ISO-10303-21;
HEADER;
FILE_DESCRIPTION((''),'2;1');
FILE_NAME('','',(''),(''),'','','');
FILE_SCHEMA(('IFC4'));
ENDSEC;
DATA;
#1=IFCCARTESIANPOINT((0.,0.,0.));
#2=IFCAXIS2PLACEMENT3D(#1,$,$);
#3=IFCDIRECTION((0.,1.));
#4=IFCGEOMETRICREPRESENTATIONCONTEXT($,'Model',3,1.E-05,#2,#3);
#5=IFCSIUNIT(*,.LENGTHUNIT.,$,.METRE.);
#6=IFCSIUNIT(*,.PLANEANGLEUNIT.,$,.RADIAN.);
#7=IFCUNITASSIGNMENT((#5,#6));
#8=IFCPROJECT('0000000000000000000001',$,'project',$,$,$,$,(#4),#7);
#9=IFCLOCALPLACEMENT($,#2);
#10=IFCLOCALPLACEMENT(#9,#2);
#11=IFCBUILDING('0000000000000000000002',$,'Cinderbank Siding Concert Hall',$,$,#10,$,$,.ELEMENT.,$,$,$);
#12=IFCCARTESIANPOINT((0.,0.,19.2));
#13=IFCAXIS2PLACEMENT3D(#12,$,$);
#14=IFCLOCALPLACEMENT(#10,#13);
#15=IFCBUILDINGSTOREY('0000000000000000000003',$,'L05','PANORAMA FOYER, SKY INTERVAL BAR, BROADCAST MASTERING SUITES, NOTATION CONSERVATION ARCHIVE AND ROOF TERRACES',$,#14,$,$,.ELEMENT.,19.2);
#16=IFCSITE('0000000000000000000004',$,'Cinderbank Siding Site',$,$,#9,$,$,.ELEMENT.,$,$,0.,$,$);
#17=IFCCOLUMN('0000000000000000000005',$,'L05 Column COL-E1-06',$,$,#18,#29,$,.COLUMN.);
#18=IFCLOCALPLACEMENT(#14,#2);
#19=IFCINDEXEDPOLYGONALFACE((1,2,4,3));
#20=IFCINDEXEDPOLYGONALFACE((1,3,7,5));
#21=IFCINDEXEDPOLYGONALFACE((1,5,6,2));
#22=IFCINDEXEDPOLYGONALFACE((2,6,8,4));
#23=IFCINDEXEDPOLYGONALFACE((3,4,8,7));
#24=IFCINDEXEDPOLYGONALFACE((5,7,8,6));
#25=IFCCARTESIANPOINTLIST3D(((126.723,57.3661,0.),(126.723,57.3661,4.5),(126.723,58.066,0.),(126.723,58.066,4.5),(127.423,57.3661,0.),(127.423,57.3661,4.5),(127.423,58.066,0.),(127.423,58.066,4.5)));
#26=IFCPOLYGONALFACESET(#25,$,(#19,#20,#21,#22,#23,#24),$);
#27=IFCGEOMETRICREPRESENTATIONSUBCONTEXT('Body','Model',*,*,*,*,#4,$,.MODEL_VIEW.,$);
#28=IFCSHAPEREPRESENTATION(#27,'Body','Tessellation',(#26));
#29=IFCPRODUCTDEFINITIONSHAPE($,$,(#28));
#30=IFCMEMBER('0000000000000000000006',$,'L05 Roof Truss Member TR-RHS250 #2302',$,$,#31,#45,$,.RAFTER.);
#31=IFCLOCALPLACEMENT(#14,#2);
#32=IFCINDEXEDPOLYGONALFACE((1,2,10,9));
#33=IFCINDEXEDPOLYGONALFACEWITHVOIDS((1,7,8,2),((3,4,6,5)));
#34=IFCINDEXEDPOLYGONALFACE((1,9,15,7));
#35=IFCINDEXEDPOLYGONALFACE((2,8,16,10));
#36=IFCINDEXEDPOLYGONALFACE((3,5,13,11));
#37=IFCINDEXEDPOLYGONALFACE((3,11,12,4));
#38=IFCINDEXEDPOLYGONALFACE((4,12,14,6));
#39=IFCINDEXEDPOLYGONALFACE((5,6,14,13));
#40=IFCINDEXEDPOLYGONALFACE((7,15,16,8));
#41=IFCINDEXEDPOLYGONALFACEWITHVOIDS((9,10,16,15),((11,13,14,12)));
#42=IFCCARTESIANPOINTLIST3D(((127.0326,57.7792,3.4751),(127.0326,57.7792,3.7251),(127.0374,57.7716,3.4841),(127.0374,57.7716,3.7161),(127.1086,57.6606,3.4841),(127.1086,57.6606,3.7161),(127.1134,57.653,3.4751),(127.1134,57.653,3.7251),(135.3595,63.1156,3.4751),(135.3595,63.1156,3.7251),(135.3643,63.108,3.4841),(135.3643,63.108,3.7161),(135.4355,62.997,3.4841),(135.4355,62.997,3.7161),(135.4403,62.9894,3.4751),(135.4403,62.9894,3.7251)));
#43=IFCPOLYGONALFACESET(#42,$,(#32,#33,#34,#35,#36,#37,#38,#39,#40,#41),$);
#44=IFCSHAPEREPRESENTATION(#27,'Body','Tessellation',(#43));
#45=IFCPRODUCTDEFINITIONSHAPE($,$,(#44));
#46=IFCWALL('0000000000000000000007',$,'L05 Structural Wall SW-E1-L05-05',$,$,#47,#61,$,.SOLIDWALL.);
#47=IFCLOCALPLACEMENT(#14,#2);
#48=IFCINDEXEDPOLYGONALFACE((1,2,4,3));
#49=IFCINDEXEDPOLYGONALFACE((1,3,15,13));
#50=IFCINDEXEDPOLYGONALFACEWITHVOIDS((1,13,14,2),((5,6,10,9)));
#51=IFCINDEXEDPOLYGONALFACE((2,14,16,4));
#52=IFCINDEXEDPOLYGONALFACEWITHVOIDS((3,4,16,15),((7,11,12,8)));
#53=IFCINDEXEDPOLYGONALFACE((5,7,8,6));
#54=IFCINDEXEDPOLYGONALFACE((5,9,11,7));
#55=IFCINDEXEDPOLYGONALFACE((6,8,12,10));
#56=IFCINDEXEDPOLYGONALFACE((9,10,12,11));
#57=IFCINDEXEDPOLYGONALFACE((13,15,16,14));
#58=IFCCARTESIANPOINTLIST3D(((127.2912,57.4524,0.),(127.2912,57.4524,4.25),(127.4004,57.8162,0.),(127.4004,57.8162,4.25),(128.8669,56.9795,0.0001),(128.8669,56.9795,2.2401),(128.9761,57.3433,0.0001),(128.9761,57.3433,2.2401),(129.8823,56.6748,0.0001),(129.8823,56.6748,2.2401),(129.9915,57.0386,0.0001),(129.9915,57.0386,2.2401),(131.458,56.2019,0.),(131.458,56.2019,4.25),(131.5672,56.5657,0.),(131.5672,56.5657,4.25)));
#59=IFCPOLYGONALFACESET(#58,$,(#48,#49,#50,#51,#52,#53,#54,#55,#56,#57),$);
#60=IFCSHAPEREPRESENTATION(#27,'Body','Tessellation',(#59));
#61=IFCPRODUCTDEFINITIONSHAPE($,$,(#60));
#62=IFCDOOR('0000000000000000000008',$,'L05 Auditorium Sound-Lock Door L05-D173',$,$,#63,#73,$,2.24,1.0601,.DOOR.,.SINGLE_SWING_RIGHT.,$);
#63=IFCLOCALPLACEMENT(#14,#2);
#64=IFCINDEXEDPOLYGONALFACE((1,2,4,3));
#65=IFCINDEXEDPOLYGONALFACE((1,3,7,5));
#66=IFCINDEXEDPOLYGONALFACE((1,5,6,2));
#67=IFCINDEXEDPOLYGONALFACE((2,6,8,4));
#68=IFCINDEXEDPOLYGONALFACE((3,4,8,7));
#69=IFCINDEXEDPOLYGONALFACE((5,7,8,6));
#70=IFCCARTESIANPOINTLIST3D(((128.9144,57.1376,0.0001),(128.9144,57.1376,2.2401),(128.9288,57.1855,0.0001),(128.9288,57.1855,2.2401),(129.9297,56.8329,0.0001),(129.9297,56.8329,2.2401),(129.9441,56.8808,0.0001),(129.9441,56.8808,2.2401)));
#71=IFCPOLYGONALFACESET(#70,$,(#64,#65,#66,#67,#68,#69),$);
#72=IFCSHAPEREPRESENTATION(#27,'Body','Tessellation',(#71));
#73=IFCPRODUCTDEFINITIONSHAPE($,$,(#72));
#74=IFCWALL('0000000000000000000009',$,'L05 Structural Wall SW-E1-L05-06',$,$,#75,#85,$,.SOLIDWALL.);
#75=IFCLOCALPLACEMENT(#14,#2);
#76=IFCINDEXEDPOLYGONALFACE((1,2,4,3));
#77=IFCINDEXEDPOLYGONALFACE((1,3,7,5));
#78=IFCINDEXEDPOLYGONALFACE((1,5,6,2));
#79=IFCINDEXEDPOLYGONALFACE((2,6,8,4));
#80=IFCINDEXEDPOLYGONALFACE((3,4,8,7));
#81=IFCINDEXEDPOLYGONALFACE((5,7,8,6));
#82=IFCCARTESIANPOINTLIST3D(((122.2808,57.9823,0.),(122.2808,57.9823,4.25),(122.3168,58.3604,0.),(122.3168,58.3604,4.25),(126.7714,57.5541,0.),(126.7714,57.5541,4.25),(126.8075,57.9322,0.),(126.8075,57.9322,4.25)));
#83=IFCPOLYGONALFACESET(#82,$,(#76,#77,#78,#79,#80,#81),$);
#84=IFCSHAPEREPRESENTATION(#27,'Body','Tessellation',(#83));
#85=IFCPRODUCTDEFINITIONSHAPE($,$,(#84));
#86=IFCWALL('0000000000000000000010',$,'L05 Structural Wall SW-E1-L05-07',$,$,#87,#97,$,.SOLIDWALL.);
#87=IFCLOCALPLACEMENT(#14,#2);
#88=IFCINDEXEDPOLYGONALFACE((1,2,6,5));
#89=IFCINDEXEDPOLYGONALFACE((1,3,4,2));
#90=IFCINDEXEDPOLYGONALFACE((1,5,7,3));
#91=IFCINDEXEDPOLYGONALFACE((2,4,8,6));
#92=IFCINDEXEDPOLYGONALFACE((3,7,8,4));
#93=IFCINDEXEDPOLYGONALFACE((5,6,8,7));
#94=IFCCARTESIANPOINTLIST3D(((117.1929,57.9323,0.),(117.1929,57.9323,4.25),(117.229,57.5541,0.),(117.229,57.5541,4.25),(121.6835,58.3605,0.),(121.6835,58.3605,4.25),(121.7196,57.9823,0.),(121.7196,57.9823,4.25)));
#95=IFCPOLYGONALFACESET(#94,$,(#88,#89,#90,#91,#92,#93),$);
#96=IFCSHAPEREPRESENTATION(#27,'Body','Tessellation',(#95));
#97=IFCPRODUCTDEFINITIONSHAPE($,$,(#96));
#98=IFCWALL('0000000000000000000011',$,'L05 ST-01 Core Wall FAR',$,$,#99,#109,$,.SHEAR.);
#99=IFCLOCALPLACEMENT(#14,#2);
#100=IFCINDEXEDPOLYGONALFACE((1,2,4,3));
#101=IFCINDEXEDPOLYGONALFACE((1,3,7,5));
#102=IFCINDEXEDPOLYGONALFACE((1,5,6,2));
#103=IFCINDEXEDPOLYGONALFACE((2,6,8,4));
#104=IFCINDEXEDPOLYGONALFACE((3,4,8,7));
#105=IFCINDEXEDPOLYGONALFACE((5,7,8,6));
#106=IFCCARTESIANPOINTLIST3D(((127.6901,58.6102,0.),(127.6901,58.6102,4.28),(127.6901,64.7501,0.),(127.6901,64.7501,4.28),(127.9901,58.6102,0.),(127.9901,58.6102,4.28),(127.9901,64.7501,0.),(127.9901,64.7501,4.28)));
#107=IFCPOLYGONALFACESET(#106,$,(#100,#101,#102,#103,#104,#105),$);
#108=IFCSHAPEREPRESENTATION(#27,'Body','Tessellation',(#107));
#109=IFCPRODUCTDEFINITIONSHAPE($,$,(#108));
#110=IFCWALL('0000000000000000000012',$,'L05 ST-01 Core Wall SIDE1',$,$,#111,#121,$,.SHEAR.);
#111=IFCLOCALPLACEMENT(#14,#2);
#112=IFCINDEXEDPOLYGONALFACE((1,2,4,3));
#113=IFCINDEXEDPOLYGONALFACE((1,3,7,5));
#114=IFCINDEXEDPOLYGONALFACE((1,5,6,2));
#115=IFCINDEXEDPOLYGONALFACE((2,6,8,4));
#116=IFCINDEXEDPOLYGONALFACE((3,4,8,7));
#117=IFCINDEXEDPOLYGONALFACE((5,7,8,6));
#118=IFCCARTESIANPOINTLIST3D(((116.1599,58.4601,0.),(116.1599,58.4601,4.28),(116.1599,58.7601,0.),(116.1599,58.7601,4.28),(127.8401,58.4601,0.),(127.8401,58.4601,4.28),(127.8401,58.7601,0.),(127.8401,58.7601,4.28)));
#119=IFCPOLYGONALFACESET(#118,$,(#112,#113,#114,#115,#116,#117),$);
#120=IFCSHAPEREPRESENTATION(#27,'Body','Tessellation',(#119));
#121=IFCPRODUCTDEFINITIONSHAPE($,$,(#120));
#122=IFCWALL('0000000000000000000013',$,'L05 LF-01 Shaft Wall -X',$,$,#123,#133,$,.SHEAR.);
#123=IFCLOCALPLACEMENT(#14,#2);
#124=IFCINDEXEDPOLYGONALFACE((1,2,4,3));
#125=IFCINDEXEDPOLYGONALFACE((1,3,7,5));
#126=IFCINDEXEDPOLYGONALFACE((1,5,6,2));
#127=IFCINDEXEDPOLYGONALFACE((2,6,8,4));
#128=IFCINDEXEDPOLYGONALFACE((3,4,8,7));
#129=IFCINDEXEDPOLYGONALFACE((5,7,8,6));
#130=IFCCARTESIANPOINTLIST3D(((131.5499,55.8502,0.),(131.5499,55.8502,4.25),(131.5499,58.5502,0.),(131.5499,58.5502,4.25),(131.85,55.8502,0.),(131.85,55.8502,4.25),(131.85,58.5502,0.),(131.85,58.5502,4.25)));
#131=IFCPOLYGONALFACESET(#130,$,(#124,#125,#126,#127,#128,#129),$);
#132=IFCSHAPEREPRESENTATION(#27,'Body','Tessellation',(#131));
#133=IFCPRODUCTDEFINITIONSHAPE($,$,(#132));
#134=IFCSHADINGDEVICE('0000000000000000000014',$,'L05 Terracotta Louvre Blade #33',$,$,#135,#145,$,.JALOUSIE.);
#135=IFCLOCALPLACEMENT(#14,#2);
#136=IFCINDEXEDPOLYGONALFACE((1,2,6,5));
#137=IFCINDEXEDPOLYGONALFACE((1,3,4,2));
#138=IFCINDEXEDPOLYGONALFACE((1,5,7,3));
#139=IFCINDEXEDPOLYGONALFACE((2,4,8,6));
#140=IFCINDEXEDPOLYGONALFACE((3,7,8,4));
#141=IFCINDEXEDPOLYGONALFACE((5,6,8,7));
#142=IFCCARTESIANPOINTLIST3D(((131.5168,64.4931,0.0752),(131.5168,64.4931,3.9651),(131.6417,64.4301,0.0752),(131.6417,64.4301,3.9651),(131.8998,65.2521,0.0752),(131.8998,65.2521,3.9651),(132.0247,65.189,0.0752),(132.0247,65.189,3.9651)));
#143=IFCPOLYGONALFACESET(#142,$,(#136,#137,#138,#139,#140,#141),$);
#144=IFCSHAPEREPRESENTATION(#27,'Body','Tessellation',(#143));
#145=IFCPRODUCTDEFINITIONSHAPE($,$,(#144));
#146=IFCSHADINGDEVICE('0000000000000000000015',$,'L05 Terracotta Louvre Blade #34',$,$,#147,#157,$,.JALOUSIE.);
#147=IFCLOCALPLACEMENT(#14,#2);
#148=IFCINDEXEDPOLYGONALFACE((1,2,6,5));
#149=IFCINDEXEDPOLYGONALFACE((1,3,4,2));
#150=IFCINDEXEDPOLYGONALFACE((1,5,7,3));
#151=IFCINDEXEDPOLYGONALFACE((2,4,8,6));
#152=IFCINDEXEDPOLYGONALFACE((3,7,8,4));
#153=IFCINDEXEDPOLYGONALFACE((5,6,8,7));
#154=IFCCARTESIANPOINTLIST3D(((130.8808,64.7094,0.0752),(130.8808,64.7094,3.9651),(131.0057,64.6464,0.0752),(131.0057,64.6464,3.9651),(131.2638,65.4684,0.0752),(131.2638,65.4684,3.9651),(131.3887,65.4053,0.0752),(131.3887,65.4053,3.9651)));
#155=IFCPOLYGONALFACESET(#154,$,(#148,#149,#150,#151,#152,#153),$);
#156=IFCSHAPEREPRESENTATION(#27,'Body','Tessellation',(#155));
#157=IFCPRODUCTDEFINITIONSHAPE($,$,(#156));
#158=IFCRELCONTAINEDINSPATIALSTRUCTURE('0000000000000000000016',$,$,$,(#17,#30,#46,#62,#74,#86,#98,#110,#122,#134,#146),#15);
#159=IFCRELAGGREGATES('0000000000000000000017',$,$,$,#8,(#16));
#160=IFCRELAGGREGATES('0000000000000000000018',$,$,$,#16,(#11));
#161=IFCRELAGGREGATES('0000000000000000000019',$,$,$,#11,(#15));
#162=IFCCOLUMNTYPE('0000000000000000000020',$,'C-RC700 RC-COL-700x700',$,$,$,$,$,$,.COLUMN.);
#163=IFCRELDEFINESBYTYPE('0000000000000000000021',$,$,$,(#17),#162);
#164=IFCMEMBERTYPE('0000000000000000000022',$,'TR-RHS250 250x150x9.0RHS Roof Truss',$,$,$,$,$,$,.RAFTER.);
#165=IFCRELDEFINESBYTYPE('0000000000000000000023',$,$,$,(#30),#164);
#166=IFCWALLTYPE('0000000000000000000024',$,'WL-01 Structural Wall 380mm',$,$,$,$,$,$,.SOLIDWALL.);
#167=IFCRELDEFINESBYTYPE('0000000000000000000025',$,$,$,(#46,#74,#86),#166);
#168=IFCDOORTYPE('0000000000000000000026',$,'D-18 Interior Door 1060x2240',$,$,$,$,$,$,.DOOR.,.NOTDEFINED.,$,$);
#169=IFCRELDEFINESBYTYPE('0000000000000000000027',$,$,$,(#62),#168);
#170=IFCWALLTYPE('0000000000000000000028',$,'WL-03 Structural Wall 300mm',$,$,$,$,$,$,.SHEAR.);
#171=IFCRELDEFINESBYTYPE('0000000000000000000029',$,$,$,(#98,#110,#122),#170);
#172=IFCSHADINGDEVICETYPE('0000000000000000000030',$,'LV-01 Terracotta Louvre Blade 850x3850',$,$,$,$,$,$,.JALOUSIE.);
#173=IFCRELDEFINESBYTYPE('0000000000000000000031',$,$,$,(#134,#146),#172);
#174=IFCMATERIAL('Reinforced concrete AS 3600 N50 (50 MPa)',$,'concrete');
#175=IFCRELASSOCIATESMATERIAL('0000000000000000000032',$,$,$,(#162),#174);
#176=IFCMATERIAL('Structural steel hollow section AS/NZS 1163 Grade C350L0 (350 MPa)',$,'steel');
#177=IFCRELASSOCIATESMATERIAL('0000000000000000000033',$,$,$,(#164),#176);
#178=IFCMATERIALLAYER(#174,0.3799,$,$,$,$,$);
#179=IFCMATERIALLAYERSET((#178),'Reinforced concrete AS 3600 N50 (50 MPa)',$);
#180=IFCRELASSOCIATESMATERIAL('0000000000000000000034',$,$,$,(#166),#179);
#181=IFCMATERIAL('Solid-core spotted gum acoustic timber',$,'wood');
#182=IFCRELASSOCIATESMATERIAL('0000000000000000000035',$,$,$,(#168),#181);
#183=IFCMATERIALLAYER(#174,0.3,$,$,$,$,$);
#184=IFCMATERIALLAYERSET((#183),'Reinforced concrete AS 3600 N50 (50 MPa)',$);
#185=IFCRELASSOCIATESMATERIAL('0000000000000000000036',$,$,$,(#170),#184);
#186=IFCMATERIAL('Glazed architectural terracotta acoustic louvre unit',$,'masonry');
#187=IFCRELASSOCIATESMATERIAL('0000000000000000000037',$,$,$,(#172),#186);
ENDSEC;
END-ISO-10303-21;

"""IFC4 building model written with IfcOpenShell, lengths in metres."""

from ifc_helpers import new_model, si_unit, direction, frame, frame_2d, origin, origin_2d, place, context, subcontext, project, spatial, rectangle, hollow_rectangle, extrude, material, layer, layer_set, material_profile, profile_set, type_object, element, fill, save


model = new_model("IFC4")

# Units and contexts
model_context = context("Model", 3, precision=1e-05, world=origin(), true_north=direction((0.0, 1.0)))
body_context = subcontext(model_context, "Body", "Model", "MODEL_VIEW")
ifc_project = project(units=[si_unit("LENGTHUNIT", "METRE"), si_unit("PLANEANGLEUNIT", "RADIAN")], contexts=[model_context])

# Site, building, storey
site_placement = place(None, origin())
site = spatial("IfcSite", under=ifc_project, at=site_placement, Name="Cinderbank Siding Site", CompositionType="ELEMENT", RefElevation=0.0)
building_placement = place(site_placement, origin())
building = spatial("IfcBuilding", under=site, at=building_placement, Name="Cinderbank Siding Concert Hall", CompositionType="ELEMENT")
storey_placement = place(building_placement, frame((0.0, 0.0, 19.2)))
storey = spatial("IfcBuildingStorey", under=building, at=storey_placement, Name="L05", Description="PANORAMA FOYER, SKY INTERVAL BAR, BROADCAST MASTERING SUITES, NOTATION CONSERVATION ARCHIVE AND ROOF TERRACES", CompositionType="ELEMENT", Elevation=19.2)

# Column
ifc_material_1 = material(Name="Reinforced concrete AS 3600 N50 (50 MPa)", Category="concrete")
ifc_material_profile_1 = material_profile(ifc_material_1, rectangle(XDim=0.7, YDim=0.7, at=origin_2d()), Name="RC-COL-700x700", Category="LoadBearing")
ifc_profile_set_1 = profile_set([ifc_material_profile_1], Name="Reinforced concrete AS 3600 N50 (50 MPa)")
column_type = type_object("IfcColumnType", Name="C-RC700 RC-COL-700x700", PredefinedType="COLUMN", material=ifc_profile_set_1)
column_placement = place(storey_placement, frame((127.073, 57.7161, 0.0), z_axis=(0.0, 0.0, 1.0), x_axis=(1.0, 0.0, 0.0)))
element("IfcColumn", 1, at=column_placement, inside=storey, type_object=column_type, Name="L05 Column COL-E1-06", PredefinedType="COLUMN", context=body_context, shape_type="SweptSolid", body=[
    extrude(rectangle(XDim=0.7, YDim=0.7, at=origin_2d()), origin(), (0.0, 0.0, 1.0), 4.5),
])

# Member
ifc_material_2 = material(Name="Structural steel hollow section AS/NZS 1163 Grade C350L0 (350 MPa)", Category="steel")
ifc_material_profile_2 = material_profile(ifc_material_2, hollow_rectangle(XDim=0.1499, YDim=0.25, WallThickness=0.009, at=origin_2d()), Name="250x150x9.0RHS", Category="LoadBearing")
ifc_profile_set_2 = profile_set([ifc_material_profile_2], Name="Structural steel hollow section AS/NZS 1163 Grade C350L0 (350 MPa)")
member_type = type_object("IfcMemberType", Name="TR-RHS250 250x150x9.0RHS Roof Truss", PredefinedType="RAFTER", material=ifc_profile_set_2)
member_placement = place(storey_placement, frame((127.073, 57.7161, 3.6001), z_axis=(0.84194, 0.539571, 0.0), x_axis=(-0.539571, 0.84194, 0.0)))
element("IfcMember", 2, at=member_placement, inside=storey, type_object=member_type, Name="L05 Roof Truss Member TR-RHS250 #2302", PredefinedType="RAFTER", context=body_context, shape_type="SweptSolid", body=[
    extrude(hollow_rectangle(XDim=0.1499, YDim=0.25, WallThickness=0.009, at=origin_2d()), origin(), (0.0, 0.0, 1.0), 9.8901),
])

# Wall, opening, door
ifc_layer_1 = layer(ifc_material_1, 0.3799)
ifc_layer_set_1 = layer_set([ifc_layer_1], Name="Reinforced concrete AS 3600 N50 (50 MPa)")
wall_type_1 = type_object("IfcWallType", Name="WL-01 Structural Wall 380mm", PredefinedType="SOLIDWALL", material=ifc_layer_set_1)
wall_1_placement = place(storey_placement, frame((131.5127, 56.3838, 0.0), z_axis=(0.0, 0.0, 1.0), x_axis=(-0.957797, 0.287446, 0.0)))
wall_1 = element("IfcWall", 3, at=wall_1_placement, inside=storey, type_object=wall_type_1, Name="L05 Structural Wall SW-E1-L05-05", PredefinedType="SOLIDWALL", context=body_context, shape_type="SweptSolid", body=[
    extrude(rectangle(XDim=4.3503, YDim=0.3799, at=frame_2d((2.1753, 0.0))), origin(), (0.0, 0.0, 1.0), 4.25),
])
opening_1_placement = place(wall_1_placement, frame((1.6453, 0.0, 0.0)))
opening_1 = element("IfcOpeningElement", 4, at=opening_1_placement, cuts=wall_1, PredefinedType="OPENING", context=body_context, shape_type="SweptSolid", body=[
    extrude(rectangle(XDim=1.0601, YDim=2.24, at=frame_2d((0.53, 1.1201))), frame((0.0, 0.2019, 0.0), z_axis=(0.0, -1.0, 0.0), x_axis=(1.0, 0.0, 0.0)), (0.0, 0.0, 1.0), 0.4038),
])
ifc_material_3 = material(Name="Solid-core spotted gum acoustic timber", Category="wood")
door_type_1 = type_object("IfcDoorType", Name="D-18 Interior Door 1060x2240", OperationType="NOTDEFINED", PredefinedType="DOOR", material=ifc_material_3)
door_1_placement = place(opening_1_placement, origin())
door_1 = element("IfcDoor", 5, at=door_1_placement, inside=storey, type_object=door_type_1, Name="L05 Auditorium Sound-Lock Door L05-D173", OperationType="SINGLE_SWING_RIGHT", OverallHeight=2.24, OverallWidth=1.0601, PredefinedType="DOOR", context=body_context, shape_type="SweptSolid", body=[
    extrude(rectangle(XDim=1.0601, YDim=2.24, at=frame_2d((0.53, 1.1201))), frame((0.0, 0.0249, 0.0), z_axis=(0.0, -1.0, 0.0), x_axis=(1.0, 0.0, 0.0)), (0.0, 0.0, 1.0), 0.05),
])
fill(opening_1, door_1)

# Walls
for number, where, z_axis, x_axis, name in (
    (6, (126.7893, 57.7432, 0.0), (0.0, 0.0, 1.0), (-0.995484, 0.094927, 0.0), "L05 Structural Wall SW-E1-L05-06"),
    (7, (121.7014, 58.1714, 0.0), (0.0, 0.0, 1.0), (-0.995484, -0.094927, 0.0), "L05 Structural Wall SW-E1-L05-07"),
):
    element("IfcWall", number, at=place(storey_placement, frame(where, z_axis=z_axis, x_axis=x_axis)), inside=storey, type_object=wall_type_1, Name=name, PredefinedType="SOLIDWALL", context=body_context, shape_type="SweptSolid", body=[
        extrude(rectangle(XDim=4.511, YDim=0.3799, at=frame_2d((2.2554, 0.0))), origin(), (0.0, 0.0, 1.0), 4.25),
    ])
ifc_layer_2 = layer(ifc_material_1, 0.3)
ifc_layer_set_2 = layer_set([ifc_layer_2], Name="Reinforced concrete AS 3600 N50 (50 MPa)")
wall_type_2 = type_object("IfcWallType", Name="WL-03 Structural Wall 300mm", PredefinedType="SHEAR", material=ifc_layer_set_2)
wall_2_placement = place(storey_placement, frame((127.8401, 64.75, 0.0), z_axis=(0.0, 0.0, 1.0), x_axis=(0.0, -1.0, 0.0)))
element("IfcWall", 8, at=wall_2_placement, inside=storey, type_object=wall_type_2, Name="L05 ST-01 Core Wall FAR", PredefinedType="SHEAR", context=body_context, shape_type="SweptSolid", body=[
    extrude(rectangle(XDim=6.1399, YDim=0.3, at=frame_2d((3.0698, 0.0))), origin(), (0.0, 0.0, 1.0), 4.28),
])
wall_3_placement = place(storey_placement, frame((127.8401, 58.6101, 0.0), z_axis=(0.0, 0.0, 1.0), x_axis=(-1.0, 0.0, 0.0)))
element("IfcWall", 9, at=wall_3_placement, inside=storey, type_object=wall_type_2, Name="L05 ST-01 Core Wall SIDE1", PredefinedType="SHEAR", context=body_context, shape_type="SweptSolid", body=[
    extrude(rectangle(XDim=11.6802, YDim=0.3, at=frame_2d((5.8401, 0.0))), origin(), (0.0, 0.0, 1.0), 4.28),
])

# Wall
wall_4_placement = place(storey_placement, frame((131.7, 55.8501, 0.0), z_axis=(0.0, 0.0, 1.0), x_axis=(0.0, 1.0, 0.0)))
element("IfcWall", 10, at=wall_4_placement, inside=storey, type_object=wall_type_2, Name="L05 LF-01 Shaft Wall -X", PredefinedType="SHEAR", context=body_context, shape_type="SweptSolid", body=[
    extrude(rectangle(XDim=2.7, YDim=0.3, at=frame_2d((1.3501, 0.0))), origin(), (0.0, 0.0, 1.0), 4.25),
])

# Shading devices
ifc_material_4 = material(Name="Glazed architectural terracotta acoustic louvre unit", Category="masonry")
shading_device_type = type_object("IfcShadingDeviceType", Name="LV-01 Terracotta Louvre Blade 850x3850", PredefinedType="JALOUSIE", material=ifc_material_4)
for number, where, z_axis, x_axis, name in (
    (11, (131.7708, 64.8411, 0.0752), (0.0, 0.0, 1.0), (0.450487, 0.892783, 0.0), "L05 Terracotta Louvre Blade #33"),
    (12, (131.1348, 65.0574, 0.0752), (0.0, 0.0, 1.0), (0.450487, 0.892783, 0.0), "L05 Terracotta Louvre Blade #34"),
):
    element("IfcShadingDevice", number, at=place(storey_placement, frame(where, z_axis=z_axis, x_axis=x_axis)), inside=storey, type_object=shading_device_type, Name=name, PredefinedType="JALOUSIE", context=body_context, shape_type="SweptSolid", body=[
        extrude(rectangle(XDim=0.8501, YDim=0.1399, at=origin_2d()), origin(), (0.0, 0.0, 1.0), 3.8899),
    ])

save(model, "model.ifc")
